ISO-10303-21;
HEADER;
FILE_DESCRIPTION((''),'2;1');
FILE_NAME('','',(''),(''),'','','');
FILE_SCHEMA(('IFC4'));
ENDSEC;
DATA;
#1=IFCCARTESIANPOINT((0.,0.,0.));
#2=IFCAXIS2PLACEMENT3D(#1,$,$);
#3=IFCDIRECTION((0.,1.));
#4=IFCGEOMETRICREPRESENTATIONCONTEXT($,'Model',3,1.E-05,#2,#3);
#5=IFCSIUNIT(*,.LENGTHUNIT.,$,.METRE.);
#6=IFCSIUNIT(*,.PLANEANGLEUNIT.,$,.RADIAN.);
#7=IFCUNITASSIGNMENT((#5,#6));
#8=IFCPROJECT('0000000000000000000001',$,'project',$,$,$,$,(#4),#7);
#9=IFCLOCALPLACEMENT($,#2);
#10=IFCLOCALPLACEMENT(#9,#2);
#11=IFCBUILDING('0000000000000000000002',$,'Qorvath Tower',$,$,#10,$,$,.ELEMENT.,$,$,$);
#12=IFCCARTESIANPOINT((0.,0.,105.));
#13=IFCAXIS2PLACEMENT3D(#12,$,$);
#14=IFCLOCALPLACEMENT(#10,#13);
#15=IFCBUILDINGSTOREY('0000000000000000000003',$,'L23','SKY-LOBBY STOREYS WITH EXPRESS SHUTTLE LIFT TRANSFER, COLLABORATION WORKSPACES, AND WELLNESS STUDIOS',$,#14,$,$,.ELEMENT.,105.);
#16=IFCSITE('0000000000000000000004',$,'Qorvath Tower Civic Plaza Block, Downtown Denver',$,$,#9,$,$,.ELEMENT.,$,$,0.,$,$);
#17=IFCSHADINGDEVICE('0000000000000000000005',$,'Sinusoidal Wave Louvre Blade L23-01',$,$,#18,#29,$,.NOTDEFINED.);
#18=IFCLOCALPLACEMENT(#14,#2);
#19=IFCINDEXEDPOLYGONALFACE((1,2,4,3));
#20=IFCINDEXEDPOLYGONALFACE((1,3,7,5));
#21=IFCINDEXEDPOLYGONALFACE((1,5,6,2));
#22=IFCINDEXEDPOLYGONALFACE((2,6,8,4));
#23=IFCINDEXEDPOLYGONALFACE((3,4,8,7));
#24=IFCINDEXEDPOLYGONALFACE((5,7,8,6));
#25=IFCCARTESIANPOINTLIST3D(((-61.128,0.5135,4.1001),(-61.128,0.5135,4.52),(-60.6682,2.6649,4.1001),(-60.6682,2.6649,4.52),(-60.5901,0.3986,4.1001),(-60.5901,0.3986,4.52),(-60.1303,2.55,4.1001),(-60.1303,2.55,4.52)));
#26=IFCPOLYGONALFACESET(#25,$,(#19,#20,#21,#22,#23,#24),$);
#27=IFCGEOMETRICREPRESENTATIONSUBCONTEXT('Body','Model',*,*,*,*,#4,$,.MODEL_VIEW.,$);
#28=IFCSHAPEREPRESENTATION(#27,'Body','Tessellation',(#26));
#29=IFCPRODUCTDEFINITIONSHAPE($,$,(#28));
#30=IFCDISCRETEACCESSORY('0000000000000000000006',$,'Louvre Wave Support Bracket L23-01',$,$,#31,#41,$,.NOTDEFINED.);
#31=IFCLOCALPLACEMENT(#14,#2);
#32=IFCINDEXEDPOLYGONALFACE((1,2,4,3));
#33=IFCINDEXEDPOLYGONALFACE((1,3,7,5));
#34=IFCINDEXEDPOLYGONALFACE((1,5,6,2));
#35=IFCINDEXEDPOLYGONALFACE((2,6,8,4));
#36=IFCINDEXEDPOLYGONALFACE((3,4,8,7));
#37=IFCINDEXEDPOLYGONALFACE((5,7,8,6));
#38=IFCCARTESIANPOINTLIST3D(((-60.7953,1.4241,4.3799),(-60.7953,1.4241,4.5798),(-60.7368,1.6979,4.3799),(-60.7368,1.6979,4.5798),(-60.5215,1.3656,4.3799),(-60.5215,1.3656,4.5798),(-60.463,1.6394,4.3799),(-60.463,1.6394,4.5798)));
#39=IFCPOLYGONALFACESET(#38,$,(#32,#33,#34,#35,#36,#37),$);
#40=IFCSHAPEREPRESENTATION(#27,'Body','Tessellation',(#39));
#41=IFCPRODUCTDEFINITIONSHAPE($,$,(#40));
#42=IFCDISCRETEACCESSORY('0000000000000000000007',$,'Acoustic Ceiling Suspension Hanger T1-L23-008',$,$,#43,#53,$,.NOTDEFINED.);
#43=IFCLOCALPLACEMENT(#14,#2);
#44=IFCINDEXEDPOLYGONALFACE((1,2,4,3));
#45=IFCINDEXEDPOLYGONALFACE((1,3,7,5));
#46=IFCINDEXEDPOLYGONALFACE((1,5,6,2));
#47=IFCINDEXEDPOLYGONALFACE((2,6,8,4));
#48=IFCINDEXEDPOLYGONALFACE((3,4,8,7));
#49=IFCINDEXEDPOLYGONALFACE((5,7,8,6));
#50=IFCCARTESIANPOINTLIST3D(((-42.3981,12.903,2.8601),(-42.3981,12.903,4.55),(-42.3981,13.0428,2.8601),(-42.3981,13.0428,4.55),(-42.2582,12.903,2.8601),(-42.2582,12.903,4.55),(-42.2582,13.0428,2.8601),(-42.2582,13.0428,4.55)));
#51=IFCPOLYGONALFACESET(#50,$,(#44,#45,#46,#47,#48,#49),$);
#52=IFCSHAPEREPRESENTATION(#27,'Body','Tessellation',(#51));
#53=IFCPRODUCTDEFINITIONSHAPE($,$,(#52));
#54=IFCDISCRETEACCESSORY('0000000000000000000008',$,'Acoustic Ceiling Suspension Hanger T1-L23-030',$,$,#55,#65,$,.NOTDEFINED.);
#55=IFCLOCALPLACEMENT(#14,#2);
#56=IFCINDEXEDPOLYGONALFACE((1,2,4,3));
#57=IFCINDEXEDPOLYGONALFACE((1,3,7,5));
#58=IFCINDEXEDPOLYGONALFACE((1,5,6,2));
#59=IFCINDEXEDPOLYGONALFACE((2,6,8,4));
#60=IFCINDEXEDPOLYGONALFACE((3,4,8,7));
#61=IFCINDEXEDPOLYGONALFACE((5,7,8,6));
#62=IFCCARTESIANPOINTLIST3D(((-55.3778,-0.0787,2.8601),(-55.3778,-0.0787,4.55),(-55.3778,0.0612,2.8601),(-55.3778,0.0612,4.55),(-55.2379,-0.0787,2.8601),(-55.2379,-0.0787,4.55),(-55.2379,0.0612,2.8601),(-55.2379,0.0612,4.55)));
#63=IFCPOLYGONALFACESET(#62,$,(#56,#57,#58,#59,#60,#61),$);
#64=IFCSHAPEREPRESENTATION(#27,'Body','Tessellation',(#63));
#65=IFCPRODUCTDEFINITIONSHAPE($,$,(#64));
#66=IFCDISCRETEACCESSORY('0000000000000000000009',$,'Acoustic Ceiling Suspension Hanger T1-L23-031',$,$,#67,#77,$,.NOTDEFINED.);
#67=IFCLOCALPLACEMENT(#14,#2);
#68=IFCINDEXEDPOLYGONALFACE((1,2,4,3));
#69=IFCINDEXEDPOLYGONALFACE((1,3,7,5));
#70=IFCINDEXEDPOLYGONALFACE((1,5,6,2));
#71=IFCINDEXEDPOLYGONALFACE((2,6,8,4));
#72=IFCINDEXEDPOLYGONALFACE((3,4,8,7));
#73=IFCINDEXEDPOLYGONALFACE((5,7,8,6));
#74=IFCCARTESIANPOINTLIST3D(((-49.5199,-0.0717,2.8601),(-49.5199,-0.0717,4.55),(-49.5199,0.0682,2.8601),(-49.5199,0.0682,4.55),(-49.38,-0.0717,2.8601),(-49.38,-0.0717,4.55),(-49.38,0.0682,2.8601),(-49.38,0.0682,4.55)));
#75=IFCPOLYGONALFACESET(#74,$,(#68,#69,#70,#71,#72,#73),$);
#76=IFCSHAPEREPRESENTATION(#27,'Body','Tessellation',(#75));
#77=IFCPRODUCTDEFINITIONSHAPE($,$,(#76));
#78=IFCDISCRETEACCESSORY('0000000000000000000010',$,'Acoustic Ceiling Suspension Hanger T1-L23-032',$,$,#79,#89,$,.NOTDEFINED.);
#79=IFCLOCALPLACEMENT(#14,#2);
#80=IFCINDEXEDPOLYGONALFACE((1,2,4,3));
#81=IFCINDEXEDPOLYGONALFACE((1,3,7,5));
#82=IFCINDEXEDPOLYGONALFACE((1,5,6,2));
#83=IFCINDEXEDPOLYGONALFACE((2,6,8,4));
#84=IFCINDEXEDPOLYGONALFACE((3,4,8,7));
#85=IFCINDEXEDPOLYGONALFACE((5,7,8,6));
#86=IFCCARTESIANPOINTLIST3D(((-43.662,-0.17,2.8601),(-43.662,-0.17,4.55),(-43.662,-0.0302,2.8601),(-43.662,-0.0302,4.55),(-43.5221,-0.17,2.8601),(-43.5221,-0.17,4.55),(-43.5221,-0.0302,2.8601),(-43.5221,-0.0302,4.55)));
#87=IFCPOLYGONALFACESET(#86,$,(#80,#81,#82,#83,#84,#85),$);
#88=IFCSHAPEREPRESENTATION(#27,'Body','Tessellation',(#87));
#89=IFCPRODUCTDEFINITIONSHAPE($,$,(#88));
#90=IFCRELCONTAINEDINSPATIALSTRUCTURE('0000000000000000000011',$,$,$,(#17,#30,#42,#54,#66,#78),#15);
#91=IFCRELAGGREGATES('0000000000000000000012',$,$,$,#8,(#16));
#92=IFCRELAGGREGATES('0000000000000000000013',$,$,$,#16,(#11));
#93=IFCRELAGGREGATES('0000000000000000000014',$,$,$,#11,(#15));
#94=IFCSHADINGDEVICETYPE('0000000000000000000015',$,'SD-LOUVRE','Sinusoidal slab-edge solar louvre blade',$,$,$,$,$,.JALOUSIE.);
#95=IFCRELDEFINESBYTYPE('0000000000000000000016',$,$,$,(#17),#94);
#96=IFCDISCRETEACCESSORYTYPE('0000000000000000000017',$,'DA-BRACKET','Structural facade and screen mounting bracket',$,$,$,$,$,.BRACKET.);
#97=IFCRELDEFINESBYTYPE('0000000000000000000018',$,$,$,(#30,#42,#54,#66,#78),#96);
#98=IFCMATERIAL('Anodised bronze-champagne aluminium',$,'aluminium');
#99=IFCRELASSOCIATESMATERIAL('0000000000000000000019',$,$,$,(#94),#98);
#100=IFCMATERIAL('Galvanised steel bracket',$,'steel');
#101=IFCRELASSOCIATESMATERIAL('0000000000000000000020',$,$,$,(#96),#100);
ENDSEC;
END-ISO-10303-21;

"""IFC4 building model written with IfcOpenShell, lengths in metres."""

from ifc_helpers import new_model, si_unit, direction, frame, origin, origin_2d, place, context, subcontext, project, spatial, rectangle, extrude, material, type_object, element, save


model = new_model("IFC4")

# Units and contexts
model_context = context("Model", 3, precision=1e-05, world=origin(), true_north=direction((0.0, 1.0)))
body_context = subcontext(model_context, "Body", "Model", "MODEL_VIEW")
ifc_project = project(units=[si_unit("LENGTHUNIT", "METRE"), si_unit("PLANEANGLEUNIT", "RADIAN")], contexts=[model_context])

# Site, building, storey
site_placement = place(None, origin())
site = spatial("IfcSite", under=ifc_project, at=site_placement, Name="Qorvath Tower Civic Plaza Block, Downtown Denver", CompositionType="ELEMENT", RefElevation=0.0)
building_placement = place(site_placement, origin())
building = spatial("IfcBuilding", under=site, at=building_placement, Name="Qorvath Tower", CompositionType="ELEMENT")
storey_placement = place(building_placement, frame((0.0, 0.0, 105.0)))
storey = spatial("IfcBuildingStorey", under=building, at=storey_placement, Name="L23", Description="SKY-LOBBY STOREYS WITH EXPRESS SHUTTLE LIFT TRANSFER, COLLABORATION WORKSPACES, AND WELLNESS STUDIOS", CompositionType="ELEMENT", Elevation=105.0)

# Shading device
ifc_material_1 = material(Name="Anodised bronze-champagne aluminium", Category="aluminium")
shading_device_type = type_object("IfcShadingDeviceType", Name="SD-LOUVRE", Description="Sinusoidal slab-edge solar louvre blade", PredefinedType="JALOUSIE", material=ifc_material_1)
shading_device_placement = place(storey_placement, frame((-60.6292, 1.5317, 4.1001), z_axis=(0.0, 0.0, 1.0), x_axis=(-0.208979, -0.97792, 0.0)))
element("IfcShadingDevice", 1, at=shading_device_placement, inside=storey, type_object=shading_device_type, Name="Sinusoidal Wave Louvre Blade L23-01", PredefinedType="NOTDEFINED", context=body_context, shape_type="SweptSolid", body=[
    extrude(rectangle(XDim=2.2, YDim=0.55, at=origin_2d()), origin(), (0.0, 0.0, 1.0), 0.4199),
])

# Discrete accessories
ifc_material_2 = material(Name="Galvanised steel bracket", Category="steel")
discrete_accessory_type = type_object("IfcDiscreteAccessoryType", Name="DA-BRACKET", Description="Structural facade and screen mounting bracket", PredefinedType="BRACKET", material=ifc_material_2)
discrete_accessory_placement = place(storey_placement, frame((-60.6292, 1.5317, 4.3799), z_axis=(0.0, 0.0, 1.0), x_axis=(-0.208979, -0.97792, 0.0)))
element("IfcDiscreteAccessory", 2, at=discrete_accessory_placement, inside=storey, type_object=discrete_accessory_type, Name="Louvre Wave Support Bracket L23-01", PredefinedType="NOTDEFINED", context=body_context, shape_type="SweptSolid", body=[
    extrude(rectangle(XDim=0.28, YDim=0.28, at=origin_2d()), origin(), (0.0, 0.0, 1.0), 0.2),
])
for number, where, z_axis, x_axis, name in (
    (3, (-42.3281, 12.9729, 2.8601), (0.0, 0.0, 1.0), (1.0, 0.0, 0.0), "Acoustic Ceiling Suspension Hanger T1-L23-008"),
    (4, (-55.3079, -0.0088, 2.8601), (0.0, 0.0, 1.0), (1.0, 0.0, 0.0), "Acoustic Ceiling Suspension Hanger T1-L23-030"),
    (5, (-49.45, -0.0017, 2.8601), (0.0, 0.0, 1.0), (1.0, 0.0, 0.0), "Acoustic Ceiling Suspension Hanger T1-L23-031"),
    (6, (-43.592, -0.1001, 2.8601), (0.0, 0.0, 1.0), (1.0, 0.0, 0.0), "Acoustic Ceiling Suspension Hanger T1-L23-032"),
):
    element("IfcDiscreteAccessory", number, at=place(storey_placement, frame(where, z_axis=z_axis, x_axis=x_axis)), inside=storey, type_object=discrete_accessory_type, Name=name, PredefinedType="NOTDEFINED", context=body_context, shape_type="SweptSolid", body=[
        extrude(rectangle(XDim=0.1399, YDim=0.1399, at=origin_2d()), origin(), (0.0, 0.0, 1.0), 1.6899),
    ])

save(model, "model.ifc")
